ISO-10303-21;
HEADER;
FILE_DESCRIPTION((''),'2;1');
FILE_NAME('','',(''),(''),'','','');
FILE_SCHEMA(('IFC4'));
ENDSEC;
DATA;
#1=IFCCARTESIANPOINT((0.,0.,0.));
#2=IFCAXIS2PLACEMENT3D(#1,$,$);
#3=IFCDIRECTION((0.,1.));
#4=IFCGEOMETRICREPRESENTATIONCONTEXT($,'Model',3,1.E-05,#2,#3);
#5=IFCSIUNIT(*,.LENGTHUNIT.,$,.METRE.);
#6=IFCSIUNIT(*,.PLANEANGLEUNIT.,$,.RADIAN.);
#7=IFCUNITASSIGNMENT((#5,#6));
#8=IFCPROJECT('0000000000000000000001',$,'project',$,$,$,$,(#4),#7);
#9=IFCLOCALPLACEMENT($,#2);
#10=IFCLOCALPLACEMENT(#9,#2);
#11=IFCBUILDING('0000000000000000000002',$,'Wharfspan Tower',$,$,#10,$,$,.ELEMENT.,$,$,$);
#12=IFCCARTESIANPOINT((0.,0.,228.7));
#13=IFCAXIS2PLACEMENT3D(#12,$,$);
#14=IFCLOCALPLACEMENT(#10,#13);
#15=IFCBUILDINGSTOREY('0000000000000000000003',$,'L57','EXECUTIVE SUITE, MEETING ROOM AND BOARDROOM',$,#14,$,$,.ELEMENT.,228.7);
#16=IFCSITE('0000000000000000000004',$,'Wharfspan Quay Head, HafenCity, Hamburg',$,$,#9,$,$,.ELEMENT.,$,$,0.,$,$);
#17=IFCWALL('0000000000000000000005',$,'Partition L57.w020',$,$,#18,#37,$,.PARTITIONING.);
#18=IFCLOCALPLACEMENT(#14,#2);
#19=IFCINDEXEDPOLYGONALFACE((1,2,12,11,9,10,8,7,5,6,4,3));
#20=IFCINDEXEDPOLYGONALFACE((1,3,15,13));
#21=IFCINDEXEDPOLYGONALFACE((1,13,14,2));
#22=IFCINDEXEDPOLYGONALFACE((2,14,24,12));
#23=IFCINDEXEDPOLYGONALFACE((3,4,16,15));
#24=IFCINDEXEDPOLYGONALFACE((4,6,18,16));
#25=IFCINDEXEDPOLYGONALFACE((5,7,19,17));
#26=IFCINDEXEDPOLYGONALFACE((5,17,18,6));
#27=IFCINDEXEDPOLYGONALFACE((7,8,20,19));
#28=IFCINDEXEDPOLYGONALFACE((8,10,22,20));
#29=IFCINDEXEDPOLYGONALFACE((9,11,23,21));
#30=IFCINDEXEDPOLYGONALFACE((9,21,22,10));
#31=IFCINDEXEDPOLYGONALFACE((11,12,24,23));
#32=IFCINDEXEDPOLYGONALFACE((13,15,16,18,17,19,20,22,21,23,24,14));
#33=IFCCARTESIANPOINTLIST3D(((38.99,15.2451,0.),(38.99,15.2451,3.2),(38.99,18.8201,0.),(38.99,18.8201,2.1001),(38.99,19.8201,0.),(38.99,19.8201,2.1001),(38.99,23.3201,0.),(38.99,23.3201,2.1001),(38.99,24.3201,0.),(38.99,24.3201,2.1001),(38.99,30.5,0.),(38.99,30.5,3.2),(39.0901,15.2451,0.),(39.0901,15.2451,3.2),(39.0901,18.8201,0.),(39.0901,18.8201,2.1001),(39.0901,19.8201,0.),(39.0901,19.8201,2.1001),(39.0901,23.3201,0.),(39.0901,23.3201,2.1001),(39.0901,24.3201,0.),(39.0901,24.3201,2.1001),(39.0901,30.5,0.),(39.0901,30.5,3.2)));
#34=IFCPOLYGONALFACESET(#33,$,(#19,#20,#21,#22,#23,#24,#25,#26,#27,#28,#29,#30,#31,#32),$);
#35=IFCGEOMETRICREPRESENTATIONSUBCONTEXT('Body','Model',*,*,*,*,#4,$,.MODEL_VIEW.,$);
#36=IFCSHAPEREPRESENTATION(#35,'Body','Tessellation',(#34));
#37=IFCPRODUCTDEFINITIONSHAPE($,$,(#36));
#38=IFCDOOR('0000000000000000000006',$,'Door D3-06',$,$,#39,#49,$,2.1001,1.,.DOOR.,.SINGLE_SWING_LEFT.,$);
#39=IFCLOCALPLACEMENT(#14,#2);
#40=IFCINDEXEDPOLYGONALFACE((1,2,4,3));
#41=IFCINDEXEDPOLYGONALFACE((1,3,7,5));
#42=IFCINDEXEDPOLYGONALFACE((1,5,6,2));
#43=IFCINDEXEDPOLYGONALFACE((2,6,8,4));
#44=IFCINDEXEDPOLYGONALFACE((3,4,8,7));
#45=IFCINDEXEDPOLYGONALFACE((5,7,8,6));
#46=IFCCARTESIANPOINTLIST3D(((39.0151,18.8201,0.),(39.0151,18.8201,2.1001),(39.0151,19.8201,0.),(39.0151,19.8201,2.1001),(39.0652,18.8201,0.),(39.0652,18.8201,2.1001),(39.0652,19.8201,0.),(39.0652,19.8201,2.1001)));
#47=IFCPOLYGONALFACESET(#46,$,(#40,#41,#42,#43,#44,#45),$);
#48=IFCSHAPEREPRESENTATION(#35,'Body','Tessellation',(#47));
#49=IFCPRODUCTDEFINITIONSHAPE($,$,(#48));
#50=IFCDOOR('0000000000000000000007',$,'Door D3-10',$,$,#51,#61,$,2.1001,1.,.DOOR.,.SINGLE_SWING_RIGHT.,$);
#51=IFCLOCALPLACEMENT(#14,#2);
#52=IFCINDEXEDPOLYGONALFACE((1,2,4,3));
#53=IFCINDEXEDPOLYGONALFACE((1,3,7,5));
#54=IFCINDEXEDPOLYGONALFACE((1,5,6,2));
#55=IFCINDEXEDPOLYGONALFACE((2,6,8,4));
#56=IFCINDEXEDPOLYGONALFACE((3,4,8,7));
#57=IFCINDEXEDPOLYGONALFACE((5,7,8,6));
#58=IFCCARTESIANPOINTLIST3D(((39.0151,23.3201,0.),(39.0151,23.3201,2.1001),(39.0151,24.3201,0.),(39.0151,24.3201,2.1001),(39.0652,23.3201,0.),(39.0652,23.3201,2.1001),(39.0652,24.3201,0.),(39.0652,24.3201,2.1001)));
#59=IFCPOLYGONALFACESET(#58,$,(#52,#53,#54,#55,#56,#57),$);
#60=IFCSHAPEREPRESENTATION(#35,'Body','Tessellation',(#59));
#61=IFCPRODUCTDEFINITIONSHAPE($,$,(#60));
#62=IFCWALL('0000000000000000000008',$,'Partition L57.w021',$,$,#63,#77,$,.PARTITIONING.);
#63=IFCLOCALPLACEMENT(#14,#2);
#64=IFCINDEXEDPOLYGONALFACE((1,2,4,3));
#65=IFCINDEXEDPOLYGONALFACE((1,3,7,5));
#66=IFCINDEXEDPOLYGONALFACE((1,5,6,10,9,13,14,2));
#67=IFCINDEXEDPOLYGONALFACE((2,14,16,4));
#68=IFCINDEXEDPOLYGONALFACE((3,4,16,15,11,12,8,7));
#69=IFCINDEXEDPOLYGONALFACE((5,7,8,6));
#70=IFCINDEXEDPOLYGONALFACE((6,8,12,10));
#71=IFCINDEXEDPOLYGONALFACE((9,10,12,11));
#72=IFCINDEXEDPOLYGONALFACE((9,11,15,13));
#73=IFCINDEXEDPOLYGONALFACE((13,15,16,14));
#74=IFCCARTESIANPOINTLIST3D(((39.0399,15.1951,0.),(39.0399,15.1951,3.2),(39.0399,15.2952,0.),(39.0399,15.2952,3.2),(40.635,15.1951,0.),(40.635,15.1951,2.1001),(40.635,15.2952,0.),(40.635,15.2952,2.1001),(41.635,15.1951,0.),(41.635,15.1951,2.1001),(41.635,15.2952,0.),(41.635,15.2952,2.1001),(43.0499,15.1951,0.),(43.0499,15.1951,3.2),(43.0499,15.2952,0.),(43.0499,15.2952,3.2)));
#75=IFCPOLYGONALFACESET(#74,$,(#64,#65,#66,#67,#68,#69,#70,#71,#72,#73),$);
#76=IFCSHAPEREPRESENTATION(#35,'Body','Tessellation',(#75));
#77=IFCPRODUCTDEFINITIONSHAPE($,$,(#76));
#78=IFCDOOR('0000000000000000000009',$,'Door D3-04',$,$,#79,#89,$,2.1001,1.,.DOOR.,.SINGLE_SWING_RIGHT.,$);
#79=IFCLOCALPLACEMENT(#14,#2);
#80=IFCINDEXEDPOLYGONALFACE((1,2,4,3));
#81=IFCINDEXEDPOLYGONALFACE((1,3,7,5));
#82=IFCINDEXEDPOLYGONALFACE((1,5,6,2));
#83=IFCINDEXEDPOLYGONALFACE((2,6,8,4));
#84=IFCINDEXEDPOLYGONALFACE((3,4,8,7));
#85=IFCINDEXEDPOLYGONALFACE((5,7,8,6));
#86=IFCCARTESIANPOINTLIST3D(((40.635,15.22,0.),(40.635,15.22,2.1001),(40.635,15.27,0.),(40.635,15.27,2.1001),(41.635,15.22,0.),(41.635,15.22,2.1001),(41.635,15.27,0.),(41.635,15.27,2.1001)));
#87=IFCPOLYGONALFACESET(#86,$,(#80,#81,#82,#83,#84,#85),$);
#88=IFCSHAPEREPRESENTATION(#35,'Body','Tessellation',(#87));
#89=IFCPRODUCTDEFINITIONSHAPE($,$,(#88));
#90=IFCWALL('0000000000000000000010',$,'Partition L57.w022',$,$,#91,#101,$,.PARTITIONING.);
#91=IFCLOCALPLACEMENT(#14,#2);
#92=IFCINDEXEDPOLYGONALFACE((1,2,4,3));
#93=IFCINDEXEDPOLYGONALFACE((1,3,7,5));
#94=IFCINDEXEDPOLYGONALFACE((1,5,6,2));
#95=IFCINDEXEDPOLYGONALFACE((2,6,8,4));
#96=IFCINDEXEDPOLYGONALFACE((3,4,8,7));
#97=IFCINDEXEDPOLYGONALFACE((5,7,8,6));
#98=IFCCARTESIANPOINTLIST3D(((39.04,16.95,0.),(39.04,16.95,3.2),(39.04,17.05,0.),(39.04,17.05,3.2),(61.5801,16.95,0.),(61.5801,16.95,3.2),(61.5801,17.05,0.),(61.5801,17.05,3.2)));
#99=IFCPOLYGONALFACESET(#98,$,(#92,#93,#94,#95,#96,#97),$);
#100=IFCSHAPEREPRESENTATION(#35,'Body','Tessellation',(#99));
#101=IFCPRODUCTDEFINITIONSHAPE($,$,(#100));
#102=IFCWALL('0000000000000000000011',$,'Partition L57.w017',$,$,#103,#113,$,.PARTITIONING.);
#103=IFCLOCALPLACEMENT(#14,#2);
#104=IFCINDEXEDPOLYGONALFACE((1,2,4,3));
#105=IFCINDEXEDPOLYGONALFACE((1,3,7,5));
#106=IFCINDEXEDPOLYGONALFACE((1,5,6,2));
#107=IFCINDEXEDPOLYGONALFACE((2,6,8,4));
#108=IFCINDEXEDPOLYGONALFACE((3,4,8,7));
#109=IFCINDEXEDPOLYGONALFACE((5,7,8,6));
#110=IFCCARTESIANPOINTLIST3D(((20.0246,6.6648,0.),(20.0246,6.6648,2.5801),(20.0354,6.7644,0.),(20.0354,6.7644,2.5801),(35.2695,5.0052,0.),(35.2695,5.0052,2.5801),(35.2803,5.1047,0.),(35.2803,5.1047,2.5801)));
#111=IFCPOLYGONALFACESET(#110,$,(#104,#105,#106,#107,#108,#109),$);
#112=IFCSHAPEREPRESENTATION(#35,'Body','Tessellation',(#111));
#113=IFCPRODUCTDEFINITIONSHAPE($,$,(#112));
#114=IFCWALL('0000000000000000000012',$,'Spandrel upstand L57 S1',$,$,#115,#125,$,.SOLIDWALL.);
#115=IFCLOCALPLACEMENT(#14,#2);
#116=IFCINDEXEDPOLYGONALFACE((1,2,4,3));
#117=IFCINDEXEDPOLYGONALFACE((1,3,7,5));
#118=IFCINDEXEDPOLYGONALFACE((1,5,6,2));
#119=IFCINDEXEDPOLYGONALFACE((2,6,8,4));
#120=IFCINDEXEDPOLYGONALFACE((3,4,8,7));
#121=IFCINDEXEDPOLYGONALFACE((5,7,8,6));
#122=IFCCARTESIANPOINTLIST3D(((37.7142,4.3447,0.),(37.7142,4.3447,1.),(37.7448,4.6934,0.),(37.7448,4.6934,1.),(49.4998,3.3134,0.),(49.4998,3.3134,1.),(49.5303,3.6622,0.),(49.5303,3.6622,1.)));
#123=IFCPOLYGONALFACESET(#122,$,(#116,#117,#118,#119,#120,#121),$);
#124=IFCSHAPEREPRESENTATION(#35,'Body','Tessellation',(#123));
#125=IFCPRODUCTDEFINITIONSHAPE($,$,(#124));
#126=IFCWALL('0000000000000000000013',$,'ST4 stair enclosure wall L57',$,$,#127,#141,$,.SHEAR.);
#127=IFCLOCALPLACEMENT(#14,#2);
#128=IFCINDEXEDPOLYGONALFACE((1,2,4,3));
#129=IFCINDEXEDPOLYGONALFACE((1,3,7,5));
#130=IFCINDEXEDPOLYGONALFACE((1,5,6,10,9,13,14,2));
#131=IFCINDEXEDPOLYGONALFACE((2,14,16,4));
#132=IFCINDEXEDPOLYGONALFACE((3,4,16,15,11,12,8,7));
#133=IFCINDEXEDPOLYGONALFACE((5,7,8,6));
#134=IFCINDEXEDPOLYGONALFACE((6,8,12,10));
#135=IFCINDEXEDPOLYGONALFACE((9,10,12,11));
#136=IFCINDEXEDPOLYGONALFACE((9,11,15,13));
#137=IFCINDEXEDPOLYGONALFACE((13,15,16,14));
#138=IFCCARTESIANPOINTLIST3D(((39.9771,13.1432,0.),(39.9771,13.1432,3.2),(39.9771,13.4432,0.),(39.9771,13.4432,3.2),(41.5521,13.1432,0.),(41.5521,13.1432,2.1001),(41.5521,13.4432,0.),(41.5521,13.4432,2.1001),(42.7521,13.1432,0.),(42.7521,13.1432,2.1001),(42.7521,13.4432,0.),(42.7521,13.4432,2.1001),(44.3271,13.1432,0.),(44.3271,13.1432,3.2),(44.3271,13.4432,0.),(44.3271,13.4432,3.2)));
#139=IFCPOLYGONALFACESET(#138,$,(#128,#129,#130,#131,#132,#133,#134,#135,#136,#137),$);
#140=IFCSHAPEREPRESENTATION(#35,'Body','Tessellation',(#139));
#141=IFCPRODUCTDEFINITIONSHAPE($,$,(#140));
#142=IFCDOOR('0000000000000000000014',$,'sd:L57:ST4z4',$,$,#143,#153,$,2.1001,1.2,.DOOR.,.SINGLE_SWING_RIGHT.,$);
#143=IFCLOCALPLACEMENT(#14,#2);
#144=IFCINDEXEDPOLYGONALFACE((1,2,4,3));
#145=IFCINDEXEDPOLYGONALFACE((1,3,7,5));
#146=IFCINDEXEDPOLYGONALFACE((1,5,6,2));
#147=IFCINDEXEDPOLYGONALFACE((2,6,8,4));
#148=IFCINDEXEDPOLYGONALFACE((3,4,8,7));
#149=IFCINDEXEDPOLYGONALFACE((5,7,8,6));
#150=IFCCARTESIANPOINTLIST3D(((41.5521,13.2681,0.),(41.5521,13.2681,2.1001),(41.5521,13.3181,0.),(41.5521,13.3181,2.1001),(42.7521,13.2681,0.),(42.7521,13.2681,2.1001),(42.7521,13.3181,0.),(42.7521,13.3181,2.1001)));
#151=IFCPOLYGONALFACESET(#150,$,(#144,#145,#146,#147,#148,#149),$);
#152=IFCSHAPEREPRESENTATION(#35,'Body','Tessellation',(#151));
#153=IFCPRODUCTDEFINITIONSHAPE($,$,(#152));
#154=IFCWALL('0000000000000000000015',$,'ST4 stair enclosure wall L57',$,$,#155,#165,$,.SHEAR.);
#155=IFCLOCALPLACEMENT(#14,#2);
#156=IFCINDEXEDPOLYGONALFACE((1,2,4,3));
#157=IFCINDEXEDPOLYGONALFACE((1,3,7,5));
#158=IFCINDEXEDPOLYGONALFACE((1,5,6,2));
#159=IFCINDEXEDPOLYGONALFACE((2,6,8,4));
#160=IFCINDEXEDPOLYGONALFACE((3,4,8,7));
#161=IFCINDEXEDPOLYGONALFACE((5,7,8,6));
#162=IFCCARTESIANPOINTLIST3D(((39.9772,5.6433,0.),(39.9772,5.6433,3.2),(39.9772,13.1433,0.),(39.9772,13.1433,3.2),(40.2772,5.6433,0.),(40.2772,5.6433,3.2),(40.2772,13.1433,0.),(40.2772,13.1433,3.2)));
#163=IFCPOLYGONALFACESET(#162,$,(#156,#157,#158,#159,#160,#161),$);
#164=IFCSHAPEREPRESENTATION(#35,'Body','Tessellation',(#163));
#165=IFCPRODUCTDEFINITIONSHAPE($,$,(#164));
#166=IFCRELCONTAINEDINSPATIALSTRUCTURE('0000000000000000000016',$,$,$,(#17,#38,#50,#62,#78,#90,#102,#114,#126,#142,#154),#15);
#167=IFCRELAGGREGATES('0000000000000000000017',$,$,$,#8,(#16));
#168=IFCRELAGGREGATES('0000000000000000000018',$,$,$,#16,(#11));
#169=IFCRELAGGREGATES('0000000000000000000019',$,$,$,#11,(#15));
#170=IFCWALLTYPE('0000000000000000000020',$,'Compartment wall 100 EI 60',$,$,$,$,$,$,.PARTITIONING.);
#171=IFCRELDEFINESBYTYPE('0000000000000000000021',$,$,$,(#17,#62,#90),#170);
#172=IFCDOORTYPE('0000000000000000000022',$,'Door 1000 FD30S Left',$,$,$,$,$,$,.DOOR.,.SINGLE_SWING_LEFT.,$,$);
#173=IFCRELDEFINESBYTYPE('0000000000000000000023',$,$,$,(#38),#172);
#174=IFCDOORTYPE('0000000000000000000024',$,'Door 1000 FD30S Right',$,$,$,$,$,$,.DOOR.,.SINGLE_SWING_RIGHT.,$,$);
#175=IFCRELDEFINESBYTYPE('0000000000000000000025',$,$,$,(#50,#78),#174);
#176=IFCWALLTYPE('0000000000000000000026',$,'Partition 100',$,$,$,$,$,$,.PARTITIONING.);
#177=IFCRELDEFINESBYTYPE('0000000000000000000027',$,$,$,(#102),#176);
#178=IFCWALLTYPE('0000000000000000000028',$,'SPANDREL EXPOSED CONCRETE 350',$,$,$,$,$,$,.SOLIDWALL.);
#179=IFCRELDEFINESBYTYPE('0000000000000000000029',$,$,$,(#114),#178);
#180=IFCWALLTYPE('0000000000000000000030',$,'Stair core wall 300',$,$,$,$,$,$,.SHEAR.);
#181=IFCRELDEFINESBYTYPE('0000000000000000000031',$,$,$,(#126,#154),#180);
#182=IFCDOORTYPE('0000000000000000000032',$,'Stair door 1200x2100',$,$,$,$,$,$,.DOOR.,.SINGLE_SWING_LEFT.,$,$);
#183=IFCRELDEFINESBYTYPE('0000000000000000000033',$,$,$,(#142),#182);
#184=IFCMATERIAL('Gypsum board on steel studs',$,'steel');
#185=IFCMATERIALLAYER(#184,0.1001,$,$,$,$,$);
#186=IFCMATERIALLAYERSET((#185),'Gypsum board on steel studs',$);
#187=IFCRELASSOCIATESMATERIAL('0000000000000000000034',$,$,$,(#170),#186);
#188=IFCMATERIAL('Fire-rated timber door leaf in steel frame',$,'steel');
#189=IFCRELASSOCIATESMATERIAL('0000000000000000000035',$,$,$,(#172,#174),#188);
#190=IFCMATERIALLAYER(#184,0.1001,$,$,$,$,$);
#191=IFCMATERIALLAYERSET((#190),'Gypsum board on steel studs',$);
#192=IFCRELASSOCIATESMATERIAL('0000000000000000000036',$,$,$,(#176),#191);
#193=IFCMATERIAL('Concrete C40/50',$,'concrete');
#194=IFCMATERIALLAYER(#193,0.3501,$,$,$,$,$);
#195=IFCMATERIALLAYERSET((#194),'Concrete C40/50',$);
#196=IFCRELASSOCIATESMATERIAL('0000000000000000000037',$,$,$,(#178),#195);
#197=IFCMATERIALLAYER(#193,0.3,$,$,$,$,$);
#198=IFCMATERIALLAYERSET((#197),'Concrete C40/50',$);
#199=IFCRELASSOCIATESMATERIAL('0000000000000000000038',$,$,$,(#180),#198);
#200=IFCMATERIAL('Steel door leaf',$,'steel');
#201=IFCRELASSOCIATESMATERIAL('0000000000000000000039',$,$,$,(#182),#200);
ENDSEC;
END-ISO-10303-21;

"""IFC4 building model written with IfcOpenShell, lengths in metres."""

from ifc_helpers import new_model, si_unit, direction, frame, frame_2d, origin, place, context, subcontext, project, spatial, rectangle, extrude, material, layer, layer_set, type_object, element, fill, save


model = new_model("IFC4")

# Units and contexts
model_context = context("Model", 3, precision=1e-05, world=origin(), true_north=direction((0.0, 1.0)))
body_context = subcontext(model_context, "Body", "Model", "MODEL_VIEW")
ifc_project = project(units=[si_unit("LENGTHUNIT", "METRE"), si_unit("PLANEANGLEUNIT", "RADIAN")], contexts=[model_context])

# Site, building, storey
site_placement = place(None, origin())
site = spatial("IfcSite", under=ifc_project, at=site_placement, Name="Wharfspan Quay Head, HafenCity, Hamburg", CompositionType="ELEMENT", RefElevation=0.0)
building_placement = place(site_placement, origin())
building = spatial("IfcBuilding", under=site, at=building_placement, Name="Wharfspan Tower", CompositionType="ELEMENT")
storey_placement = place(building_placement, frame((0.0, 0.0, 228.7)))
storey = spatial("IfcBuildingStorey", under=building, at=storey_placement, Name="L57", Description="EXECUTIVE SUITE, MEETING ROOM AND BOARDROOM", CompositionType="ELEMENT", Elevation=228.7)

# Shared definitions
ifc_material_1 = material(Name="Gypsum board on steel studs", Category="steel")
ifc_layer_1 = layer(ifc_material_1, 0.1001)
ifc_layer_set_1 = layer_set([ifc_layer_1], Name="Gypsum board on steel studs")
wall_type_1 = type_object("IfcWallType", Name="Compartment wall 100 EI 60", PredefinedType="PARTITIONING", material=ifc_layer_set_1)

# Shared definitions
ifc_material_2 = material(Name="Fire-rated timber door leaf in steel frame", Category="steel")
door_type_1 = type_object("IfcDoorType", Name="Door 1000 FD30S Left", OperationType="SINGLE_SWING_LEFT", PredefinedType="DOOR", material=ifc_material_2)

# Wall, openings, doors
wall_1_placement = place(storey_placement, frame((39.04, 15.2451, 0.0), z_axis=(0.0, 0.0, 1.0), x_axis=(0.0, 1.0, 0.0)))
wall_1 = element("IfcWall", 1, at=wall_1_placement, inside=storey, type_object=wall_type_1, Name="Partition L57.w020", PredefinedType="PARTITIONING", context=body_context, shape_type="SweptSolid", body=[
    extrude(rectangle(XDim=15.2549, YDim=0.1001, at=frame_2d((7.6274, 0.0))), origin(), (0.0, 0.0, 1.0), 3.2),
])
opening_1_placement = place(wall_1_placement, frame((3.575, 0.0, 0.0)))
opening_1 = element("IfcOpeningElement", 2, at=opening_1_placement, cuts=wall_1, PredefinedType="OPENING", context=body_context, shape_type="SweptSolid", body=[
    extrude(rectangle(XDim=1.0, YDim=2.1001, at=frame_2d((0.5, 1.05))), frame((0.0, 0.0601, 0.0), z_axis=(0.0, -1.0, 0.0), x_axis=(1.0, 0.0, 0.0)), (0.0, 0.0, 1.0), 0.1201),
])
opening_2_placement = place(wall_1_placement, frame((8.075, 0.0, 0.0)))
opening_2 = element("IfcOpeningElement", 3, at=opening_2_placement, cuts=wall_1, PredefinedType="OPENING", context=body_context, shape_type="SweptSolid", body=[
    extrude(rectangle(XDim=1.0, YDim=2.1001, at=frame_2d((0.5, 1.05))), frame((0.0, 0.0601, 0.0), z_axis=(0.0, -1.0, 0.0), x_axis=(1.0, 0.0, 0.0)), (0.0, 0.0, 1.0), 0.1201),
])
door_1_placement = place(opening_1_placement, origin())
door_1 = element("IfcDoor", 4, at=door_1_placement, inside=storey, type_object=door_type_1, Name="Door D3-06", OperationType="SINGLE_SWING_LEFT", OverallHeight=2.1001, OverallWidth=1.0, PredefinedType="DOOR", context=body_context, shape_type="SweptSolid", body=[
    extrude(rectangle(XDim=1.0, YDim=2.1001, at=frame_2d((0.5, 1.05))), frame((0.0, 0.0249, 0.0), z_axis=(0.0, -1.0, 0.0), x_axis=(1.0, 0.0, 0.0)), (0.0, 0.0, 1.0), 0.05),
])
fill(opening_1, door_1)
door_type_2 = type_object("IfcDoorType", Name="Door 1000 FD30S Right", OperationType="SINGLE_SWING_RIGHT", PredefinedType="DOOR", material=ifc_material_2)
door_2_placement = place(opening_2_placement, origin())
door_2 = element("IfcDoor", 5, at=door_2_placement, inside=storey, type_object=door_type_2, Name="Door D3-10", OperationType="SINGLE_SWING_RIGHT", OverallHeight=2.1001, OverallWidth=1.0, PredefinedType="DOOR", context=body_context, shape_type="SweptSolid", body=[
    extrude(rectangle(XDim=1.0, YDim=2.1001, at=frame_2d((0.5, 1.05))), frame((0.0, 0.0249, 0.0), z_axis=(0.0, -1.0, 0.0), x_axis=(1.0, 0.0, 0.0)), (0.0, 0.0, 1.0), 0.05),
])
fill(opening_2, door_2)

# Wall, opening, door
wall_2_placement = place(storey_placement, frame((39.04, 15.2451, 0.0), z_axis=(0.0, 0.0, 1.0), x_axis=(1.0, 0.0, 0.0)))
wall_2 = element("IfcWall", 6, at=wall_2_placement, inside=storey, type_object=wall_type_1, Name="Partition L57.w021", PredefinedType="PARTITIONING", context=body_context, shape_type="SweptSolid", body=[
    extrude(rectangle(XDim=4.01, YDim=0.1001, at=frame_2d((2.0049, 0.0))), origin(), (0.0, 0.0, 1.0), 3.2),
])
opening_3_placement = place(wall_2_placement, frame((1.595, 0.0, 0.0)))
opening_3 = element("IfcOpeningElement", 7, at=opening_3_placement, cuts=wall_2, PredefinedType="OPENING", context=body_context, shape_type="SweptSolid", body=[
    extrude(rectangle(XDim=1.0, YDim=2.1001, at=frame_2d((0.5, 1.05))), frame((0.0, 0.0601, 0.0), z_axis=(0.0, -1.0, 0.0), x_axis=(1.0, 0.0, 0.0)), (0.0, 0.0, 1.0), 0.1201),
])
door_3_placement = place(opening_3_placement, origin())
door_3 = element("IfcDoor", 8, at=door_3_placement, inside=storey, type_object=door_type_2, Name="Door D3-04", OperationType="SINGLE_SWING_RIGHT", OverallHeight=2.1001, OverallWidth=1.0, PredefinedType="DOOR", context=body_context, shape_type="SweptSolid", body=[
    extrude(rectangle(XDim=1.0, YDim=2.1001, at=frame_2d((0.5, 1.05))), frame((0.0, 0.0249, 0.0), z_axis=(0.0, -1.0, 0.0), x_axis=(1.0, 0.0, 0.0)), (0.0, 0.0, 1.0), 0.05),
])
fill(opening_3, door_3)

# Walls
wall_3_placement = place(storey_placement, frame((39.04, 17.0, 0.0), z_axis=(0.0, 0.0, 1.0), x_axis=(1.0, 0.0, 0.0)))
element("IfcWall", 9, at=wall_3_placement, inside=storey, type_object=wall_type_1, Name="Partition L57.w022", PredefinedType="PARTITIONING", context=body_context, shape_type="SweptSolid", body=[
    extrude(rectangle(XDim=22.54, YDim=0.1001, at=frame_2d((11.27, 0.0))), origin(), (0.0, 0.0, 1.0), 3.2),
])
ifc_layer_2 = layer(ifc_material_1, 0.1001)
ifc_layer_set_2 = layer_set([ifc_layer_2], Name="Gypsum board on steel studs")
wall_type_2 = type_object("IfcWallType", Name="Partition 100", PredefinedType="PARTITIONING", material=ifc_layer_set_2)
wall_4_placement = place(storey_placement, frame((35.2749, 5.0549, 0.0), z_axis=(0.0, 0.0, 1.0), x_axis=(-0.994128, 0.108228, 0.0)))
element("IfcWall", 10, at=wall_4_placement, inside=storey, type_object=wall_type_2, Name="Partition L57.w017", PredefinedType="PARTITIONING", context=body_context, shape_type="SweptSolid", body=[
    extrude(rectangle(XDim=15.335, YDim=0.1001, at=frame_2d((7.6675, 0.0))), origin(), (0.0, 0.0, 1.0), 2.5801),
])
ifc_material_3 = material(Name="Concrete C40/50", Category="concrete")
ifc_layer_3 = layer(ifc_material_3, 0.3501)
ifc_layer_set_3 = layer_set([ifc_layer_3], Name="Concrete C40/50")
wall_type_3 = type_object("IfcWallType", Name="SPANDREL EXPOSED CONCRETE 350", PredefinedType="SOLIDWALL", material=ifc_layer_set_3)
wall_5_placement = place(storey_placement, frame((37.7295, 4.519, 0.0), z_axis=(0.0, 0.0, 1.0), x_axis=(0.99619, -0.087167, 0.0)))
element("IfcWall", 11, at=wall_5_placement, inside=storey, type_object=wall_type_3, Name="Spandrel upstand L57 S1", PredefinedType="SOLIDWALL", context=body_context, shape_type="SweptSolid", body=[
    extrude(rectangle(XDim=11.8306, YDim=0.3501, at=frame_2d((5.9153, 0.0))), origin(), (0.0, 0.0, 1.0), 1.0),
])

# Wall, opening, door
ifc_layer_4 = layer(ifc_material_3, 0.3)
ifc_layer_set_4 = layer_set([ifc_layer_4], Name="Concrete C40/50")
wall_type_4 = type_object("IfcWallType", Name="Stair core wall 300", PredefinedType="SHEAR", material=ifc_layer_set_4)
wall_6_placement = place(storey_placement, frame((39.9771, 13.2932, 0.0), z_axis=(0.0, 0.0, 1.0), x_axis=(1.0, 0.0, 0.0)))
wall_6 = element("IfcWall", 12, at=wall_6_placement, inside=storey, type_object=wall_type_4, Name="ST4 stair enclosure wall L57", PredefinedType="SHEAR", context=body_context, shape_type="SweptSolid", body=[
    extrude(rectangle(XDim=4.3501, YDim=0.3, at=frame_2d((2.175, 0.0))), origin(), (0.0, 0.0, 1.0), 3.2),
])
opening_4_placement = place(wall_6_placement, frame((1.575, 0.0, 0.0)))
opening_4 = element("IfcOpeningElement", 13, at=opening_4_placement, cuts=wall_6, PredefinedType="OPENING", context=body_context, shape_type="SweptSolid", body=[
    extrude(rectangle(XDim=1.2, YDim=2.1001, at=frame_2d((0.6001, 1.05))), frame((0.0, 0.1599, 0.0), z_axis=(0.0, -1.0, 0.0), x_axis=(1.0, 0.0, 0.0)), (0.0, 0.0, 1.0), 0.3201),
])
ifc_material_4 = material(Name="Steel door leaf", Category="steel")
door_type_3 = type_object("IfcDoorType", Name="Stair door 1200x2100", OperationType="SINGLE_SWING_LEFT", PredefinedType="DOOR", material=ifc_material_4)
door_4_placement = place(opening_4_placement, origin())
door_4 = element("IfcDoor", 14, at=door_4_placement, inside=storey, type_object=door_type_3, Name="sd:L57:ST4z4", OperationType="SINGLE_SWING_RIGHT", OverallHeight=2.1001, OverallWidth=1.2, PredefinedType="DOOR", context=body_context, shape_type="SweptSolid", body=[
    extrude(rectangle(XDim=1.2, YDim=2.1001, at=frame_2d((0.6001, 1.05))), frame((0.0, 0.0249, 0.0), z_axis=(0.0, -1.0, 0.0), x_axis=(1.0, 0.0, 0.0)), (0.0, 0.0, 1.0), 0.05),
])
fill(opening_4, door_4)

# Wall
wall_7_placement = place(storey_placement, frame((40.1272, 5.6433, 0.0), z_axis=(0.0, 0.0, 1.0), x_axis=(0.0, 1.0, 0.0)))
element("IfcWall", 15, at=wall_7_placement, inside=storey, type_object=wall_type_4, Name="ST4 stair enclosure wall L57", PredefinedType="SHEAR", context=body_context, shape_type="SweptSolid", body=[
    extrude(rectangle(XDim=7.5, YDim=0.3, at=frame_2d((3.75, 0.0))), origin(), (0.0, 0.0, 1.0), 3.2),
])

save(model, "model.ifc")
